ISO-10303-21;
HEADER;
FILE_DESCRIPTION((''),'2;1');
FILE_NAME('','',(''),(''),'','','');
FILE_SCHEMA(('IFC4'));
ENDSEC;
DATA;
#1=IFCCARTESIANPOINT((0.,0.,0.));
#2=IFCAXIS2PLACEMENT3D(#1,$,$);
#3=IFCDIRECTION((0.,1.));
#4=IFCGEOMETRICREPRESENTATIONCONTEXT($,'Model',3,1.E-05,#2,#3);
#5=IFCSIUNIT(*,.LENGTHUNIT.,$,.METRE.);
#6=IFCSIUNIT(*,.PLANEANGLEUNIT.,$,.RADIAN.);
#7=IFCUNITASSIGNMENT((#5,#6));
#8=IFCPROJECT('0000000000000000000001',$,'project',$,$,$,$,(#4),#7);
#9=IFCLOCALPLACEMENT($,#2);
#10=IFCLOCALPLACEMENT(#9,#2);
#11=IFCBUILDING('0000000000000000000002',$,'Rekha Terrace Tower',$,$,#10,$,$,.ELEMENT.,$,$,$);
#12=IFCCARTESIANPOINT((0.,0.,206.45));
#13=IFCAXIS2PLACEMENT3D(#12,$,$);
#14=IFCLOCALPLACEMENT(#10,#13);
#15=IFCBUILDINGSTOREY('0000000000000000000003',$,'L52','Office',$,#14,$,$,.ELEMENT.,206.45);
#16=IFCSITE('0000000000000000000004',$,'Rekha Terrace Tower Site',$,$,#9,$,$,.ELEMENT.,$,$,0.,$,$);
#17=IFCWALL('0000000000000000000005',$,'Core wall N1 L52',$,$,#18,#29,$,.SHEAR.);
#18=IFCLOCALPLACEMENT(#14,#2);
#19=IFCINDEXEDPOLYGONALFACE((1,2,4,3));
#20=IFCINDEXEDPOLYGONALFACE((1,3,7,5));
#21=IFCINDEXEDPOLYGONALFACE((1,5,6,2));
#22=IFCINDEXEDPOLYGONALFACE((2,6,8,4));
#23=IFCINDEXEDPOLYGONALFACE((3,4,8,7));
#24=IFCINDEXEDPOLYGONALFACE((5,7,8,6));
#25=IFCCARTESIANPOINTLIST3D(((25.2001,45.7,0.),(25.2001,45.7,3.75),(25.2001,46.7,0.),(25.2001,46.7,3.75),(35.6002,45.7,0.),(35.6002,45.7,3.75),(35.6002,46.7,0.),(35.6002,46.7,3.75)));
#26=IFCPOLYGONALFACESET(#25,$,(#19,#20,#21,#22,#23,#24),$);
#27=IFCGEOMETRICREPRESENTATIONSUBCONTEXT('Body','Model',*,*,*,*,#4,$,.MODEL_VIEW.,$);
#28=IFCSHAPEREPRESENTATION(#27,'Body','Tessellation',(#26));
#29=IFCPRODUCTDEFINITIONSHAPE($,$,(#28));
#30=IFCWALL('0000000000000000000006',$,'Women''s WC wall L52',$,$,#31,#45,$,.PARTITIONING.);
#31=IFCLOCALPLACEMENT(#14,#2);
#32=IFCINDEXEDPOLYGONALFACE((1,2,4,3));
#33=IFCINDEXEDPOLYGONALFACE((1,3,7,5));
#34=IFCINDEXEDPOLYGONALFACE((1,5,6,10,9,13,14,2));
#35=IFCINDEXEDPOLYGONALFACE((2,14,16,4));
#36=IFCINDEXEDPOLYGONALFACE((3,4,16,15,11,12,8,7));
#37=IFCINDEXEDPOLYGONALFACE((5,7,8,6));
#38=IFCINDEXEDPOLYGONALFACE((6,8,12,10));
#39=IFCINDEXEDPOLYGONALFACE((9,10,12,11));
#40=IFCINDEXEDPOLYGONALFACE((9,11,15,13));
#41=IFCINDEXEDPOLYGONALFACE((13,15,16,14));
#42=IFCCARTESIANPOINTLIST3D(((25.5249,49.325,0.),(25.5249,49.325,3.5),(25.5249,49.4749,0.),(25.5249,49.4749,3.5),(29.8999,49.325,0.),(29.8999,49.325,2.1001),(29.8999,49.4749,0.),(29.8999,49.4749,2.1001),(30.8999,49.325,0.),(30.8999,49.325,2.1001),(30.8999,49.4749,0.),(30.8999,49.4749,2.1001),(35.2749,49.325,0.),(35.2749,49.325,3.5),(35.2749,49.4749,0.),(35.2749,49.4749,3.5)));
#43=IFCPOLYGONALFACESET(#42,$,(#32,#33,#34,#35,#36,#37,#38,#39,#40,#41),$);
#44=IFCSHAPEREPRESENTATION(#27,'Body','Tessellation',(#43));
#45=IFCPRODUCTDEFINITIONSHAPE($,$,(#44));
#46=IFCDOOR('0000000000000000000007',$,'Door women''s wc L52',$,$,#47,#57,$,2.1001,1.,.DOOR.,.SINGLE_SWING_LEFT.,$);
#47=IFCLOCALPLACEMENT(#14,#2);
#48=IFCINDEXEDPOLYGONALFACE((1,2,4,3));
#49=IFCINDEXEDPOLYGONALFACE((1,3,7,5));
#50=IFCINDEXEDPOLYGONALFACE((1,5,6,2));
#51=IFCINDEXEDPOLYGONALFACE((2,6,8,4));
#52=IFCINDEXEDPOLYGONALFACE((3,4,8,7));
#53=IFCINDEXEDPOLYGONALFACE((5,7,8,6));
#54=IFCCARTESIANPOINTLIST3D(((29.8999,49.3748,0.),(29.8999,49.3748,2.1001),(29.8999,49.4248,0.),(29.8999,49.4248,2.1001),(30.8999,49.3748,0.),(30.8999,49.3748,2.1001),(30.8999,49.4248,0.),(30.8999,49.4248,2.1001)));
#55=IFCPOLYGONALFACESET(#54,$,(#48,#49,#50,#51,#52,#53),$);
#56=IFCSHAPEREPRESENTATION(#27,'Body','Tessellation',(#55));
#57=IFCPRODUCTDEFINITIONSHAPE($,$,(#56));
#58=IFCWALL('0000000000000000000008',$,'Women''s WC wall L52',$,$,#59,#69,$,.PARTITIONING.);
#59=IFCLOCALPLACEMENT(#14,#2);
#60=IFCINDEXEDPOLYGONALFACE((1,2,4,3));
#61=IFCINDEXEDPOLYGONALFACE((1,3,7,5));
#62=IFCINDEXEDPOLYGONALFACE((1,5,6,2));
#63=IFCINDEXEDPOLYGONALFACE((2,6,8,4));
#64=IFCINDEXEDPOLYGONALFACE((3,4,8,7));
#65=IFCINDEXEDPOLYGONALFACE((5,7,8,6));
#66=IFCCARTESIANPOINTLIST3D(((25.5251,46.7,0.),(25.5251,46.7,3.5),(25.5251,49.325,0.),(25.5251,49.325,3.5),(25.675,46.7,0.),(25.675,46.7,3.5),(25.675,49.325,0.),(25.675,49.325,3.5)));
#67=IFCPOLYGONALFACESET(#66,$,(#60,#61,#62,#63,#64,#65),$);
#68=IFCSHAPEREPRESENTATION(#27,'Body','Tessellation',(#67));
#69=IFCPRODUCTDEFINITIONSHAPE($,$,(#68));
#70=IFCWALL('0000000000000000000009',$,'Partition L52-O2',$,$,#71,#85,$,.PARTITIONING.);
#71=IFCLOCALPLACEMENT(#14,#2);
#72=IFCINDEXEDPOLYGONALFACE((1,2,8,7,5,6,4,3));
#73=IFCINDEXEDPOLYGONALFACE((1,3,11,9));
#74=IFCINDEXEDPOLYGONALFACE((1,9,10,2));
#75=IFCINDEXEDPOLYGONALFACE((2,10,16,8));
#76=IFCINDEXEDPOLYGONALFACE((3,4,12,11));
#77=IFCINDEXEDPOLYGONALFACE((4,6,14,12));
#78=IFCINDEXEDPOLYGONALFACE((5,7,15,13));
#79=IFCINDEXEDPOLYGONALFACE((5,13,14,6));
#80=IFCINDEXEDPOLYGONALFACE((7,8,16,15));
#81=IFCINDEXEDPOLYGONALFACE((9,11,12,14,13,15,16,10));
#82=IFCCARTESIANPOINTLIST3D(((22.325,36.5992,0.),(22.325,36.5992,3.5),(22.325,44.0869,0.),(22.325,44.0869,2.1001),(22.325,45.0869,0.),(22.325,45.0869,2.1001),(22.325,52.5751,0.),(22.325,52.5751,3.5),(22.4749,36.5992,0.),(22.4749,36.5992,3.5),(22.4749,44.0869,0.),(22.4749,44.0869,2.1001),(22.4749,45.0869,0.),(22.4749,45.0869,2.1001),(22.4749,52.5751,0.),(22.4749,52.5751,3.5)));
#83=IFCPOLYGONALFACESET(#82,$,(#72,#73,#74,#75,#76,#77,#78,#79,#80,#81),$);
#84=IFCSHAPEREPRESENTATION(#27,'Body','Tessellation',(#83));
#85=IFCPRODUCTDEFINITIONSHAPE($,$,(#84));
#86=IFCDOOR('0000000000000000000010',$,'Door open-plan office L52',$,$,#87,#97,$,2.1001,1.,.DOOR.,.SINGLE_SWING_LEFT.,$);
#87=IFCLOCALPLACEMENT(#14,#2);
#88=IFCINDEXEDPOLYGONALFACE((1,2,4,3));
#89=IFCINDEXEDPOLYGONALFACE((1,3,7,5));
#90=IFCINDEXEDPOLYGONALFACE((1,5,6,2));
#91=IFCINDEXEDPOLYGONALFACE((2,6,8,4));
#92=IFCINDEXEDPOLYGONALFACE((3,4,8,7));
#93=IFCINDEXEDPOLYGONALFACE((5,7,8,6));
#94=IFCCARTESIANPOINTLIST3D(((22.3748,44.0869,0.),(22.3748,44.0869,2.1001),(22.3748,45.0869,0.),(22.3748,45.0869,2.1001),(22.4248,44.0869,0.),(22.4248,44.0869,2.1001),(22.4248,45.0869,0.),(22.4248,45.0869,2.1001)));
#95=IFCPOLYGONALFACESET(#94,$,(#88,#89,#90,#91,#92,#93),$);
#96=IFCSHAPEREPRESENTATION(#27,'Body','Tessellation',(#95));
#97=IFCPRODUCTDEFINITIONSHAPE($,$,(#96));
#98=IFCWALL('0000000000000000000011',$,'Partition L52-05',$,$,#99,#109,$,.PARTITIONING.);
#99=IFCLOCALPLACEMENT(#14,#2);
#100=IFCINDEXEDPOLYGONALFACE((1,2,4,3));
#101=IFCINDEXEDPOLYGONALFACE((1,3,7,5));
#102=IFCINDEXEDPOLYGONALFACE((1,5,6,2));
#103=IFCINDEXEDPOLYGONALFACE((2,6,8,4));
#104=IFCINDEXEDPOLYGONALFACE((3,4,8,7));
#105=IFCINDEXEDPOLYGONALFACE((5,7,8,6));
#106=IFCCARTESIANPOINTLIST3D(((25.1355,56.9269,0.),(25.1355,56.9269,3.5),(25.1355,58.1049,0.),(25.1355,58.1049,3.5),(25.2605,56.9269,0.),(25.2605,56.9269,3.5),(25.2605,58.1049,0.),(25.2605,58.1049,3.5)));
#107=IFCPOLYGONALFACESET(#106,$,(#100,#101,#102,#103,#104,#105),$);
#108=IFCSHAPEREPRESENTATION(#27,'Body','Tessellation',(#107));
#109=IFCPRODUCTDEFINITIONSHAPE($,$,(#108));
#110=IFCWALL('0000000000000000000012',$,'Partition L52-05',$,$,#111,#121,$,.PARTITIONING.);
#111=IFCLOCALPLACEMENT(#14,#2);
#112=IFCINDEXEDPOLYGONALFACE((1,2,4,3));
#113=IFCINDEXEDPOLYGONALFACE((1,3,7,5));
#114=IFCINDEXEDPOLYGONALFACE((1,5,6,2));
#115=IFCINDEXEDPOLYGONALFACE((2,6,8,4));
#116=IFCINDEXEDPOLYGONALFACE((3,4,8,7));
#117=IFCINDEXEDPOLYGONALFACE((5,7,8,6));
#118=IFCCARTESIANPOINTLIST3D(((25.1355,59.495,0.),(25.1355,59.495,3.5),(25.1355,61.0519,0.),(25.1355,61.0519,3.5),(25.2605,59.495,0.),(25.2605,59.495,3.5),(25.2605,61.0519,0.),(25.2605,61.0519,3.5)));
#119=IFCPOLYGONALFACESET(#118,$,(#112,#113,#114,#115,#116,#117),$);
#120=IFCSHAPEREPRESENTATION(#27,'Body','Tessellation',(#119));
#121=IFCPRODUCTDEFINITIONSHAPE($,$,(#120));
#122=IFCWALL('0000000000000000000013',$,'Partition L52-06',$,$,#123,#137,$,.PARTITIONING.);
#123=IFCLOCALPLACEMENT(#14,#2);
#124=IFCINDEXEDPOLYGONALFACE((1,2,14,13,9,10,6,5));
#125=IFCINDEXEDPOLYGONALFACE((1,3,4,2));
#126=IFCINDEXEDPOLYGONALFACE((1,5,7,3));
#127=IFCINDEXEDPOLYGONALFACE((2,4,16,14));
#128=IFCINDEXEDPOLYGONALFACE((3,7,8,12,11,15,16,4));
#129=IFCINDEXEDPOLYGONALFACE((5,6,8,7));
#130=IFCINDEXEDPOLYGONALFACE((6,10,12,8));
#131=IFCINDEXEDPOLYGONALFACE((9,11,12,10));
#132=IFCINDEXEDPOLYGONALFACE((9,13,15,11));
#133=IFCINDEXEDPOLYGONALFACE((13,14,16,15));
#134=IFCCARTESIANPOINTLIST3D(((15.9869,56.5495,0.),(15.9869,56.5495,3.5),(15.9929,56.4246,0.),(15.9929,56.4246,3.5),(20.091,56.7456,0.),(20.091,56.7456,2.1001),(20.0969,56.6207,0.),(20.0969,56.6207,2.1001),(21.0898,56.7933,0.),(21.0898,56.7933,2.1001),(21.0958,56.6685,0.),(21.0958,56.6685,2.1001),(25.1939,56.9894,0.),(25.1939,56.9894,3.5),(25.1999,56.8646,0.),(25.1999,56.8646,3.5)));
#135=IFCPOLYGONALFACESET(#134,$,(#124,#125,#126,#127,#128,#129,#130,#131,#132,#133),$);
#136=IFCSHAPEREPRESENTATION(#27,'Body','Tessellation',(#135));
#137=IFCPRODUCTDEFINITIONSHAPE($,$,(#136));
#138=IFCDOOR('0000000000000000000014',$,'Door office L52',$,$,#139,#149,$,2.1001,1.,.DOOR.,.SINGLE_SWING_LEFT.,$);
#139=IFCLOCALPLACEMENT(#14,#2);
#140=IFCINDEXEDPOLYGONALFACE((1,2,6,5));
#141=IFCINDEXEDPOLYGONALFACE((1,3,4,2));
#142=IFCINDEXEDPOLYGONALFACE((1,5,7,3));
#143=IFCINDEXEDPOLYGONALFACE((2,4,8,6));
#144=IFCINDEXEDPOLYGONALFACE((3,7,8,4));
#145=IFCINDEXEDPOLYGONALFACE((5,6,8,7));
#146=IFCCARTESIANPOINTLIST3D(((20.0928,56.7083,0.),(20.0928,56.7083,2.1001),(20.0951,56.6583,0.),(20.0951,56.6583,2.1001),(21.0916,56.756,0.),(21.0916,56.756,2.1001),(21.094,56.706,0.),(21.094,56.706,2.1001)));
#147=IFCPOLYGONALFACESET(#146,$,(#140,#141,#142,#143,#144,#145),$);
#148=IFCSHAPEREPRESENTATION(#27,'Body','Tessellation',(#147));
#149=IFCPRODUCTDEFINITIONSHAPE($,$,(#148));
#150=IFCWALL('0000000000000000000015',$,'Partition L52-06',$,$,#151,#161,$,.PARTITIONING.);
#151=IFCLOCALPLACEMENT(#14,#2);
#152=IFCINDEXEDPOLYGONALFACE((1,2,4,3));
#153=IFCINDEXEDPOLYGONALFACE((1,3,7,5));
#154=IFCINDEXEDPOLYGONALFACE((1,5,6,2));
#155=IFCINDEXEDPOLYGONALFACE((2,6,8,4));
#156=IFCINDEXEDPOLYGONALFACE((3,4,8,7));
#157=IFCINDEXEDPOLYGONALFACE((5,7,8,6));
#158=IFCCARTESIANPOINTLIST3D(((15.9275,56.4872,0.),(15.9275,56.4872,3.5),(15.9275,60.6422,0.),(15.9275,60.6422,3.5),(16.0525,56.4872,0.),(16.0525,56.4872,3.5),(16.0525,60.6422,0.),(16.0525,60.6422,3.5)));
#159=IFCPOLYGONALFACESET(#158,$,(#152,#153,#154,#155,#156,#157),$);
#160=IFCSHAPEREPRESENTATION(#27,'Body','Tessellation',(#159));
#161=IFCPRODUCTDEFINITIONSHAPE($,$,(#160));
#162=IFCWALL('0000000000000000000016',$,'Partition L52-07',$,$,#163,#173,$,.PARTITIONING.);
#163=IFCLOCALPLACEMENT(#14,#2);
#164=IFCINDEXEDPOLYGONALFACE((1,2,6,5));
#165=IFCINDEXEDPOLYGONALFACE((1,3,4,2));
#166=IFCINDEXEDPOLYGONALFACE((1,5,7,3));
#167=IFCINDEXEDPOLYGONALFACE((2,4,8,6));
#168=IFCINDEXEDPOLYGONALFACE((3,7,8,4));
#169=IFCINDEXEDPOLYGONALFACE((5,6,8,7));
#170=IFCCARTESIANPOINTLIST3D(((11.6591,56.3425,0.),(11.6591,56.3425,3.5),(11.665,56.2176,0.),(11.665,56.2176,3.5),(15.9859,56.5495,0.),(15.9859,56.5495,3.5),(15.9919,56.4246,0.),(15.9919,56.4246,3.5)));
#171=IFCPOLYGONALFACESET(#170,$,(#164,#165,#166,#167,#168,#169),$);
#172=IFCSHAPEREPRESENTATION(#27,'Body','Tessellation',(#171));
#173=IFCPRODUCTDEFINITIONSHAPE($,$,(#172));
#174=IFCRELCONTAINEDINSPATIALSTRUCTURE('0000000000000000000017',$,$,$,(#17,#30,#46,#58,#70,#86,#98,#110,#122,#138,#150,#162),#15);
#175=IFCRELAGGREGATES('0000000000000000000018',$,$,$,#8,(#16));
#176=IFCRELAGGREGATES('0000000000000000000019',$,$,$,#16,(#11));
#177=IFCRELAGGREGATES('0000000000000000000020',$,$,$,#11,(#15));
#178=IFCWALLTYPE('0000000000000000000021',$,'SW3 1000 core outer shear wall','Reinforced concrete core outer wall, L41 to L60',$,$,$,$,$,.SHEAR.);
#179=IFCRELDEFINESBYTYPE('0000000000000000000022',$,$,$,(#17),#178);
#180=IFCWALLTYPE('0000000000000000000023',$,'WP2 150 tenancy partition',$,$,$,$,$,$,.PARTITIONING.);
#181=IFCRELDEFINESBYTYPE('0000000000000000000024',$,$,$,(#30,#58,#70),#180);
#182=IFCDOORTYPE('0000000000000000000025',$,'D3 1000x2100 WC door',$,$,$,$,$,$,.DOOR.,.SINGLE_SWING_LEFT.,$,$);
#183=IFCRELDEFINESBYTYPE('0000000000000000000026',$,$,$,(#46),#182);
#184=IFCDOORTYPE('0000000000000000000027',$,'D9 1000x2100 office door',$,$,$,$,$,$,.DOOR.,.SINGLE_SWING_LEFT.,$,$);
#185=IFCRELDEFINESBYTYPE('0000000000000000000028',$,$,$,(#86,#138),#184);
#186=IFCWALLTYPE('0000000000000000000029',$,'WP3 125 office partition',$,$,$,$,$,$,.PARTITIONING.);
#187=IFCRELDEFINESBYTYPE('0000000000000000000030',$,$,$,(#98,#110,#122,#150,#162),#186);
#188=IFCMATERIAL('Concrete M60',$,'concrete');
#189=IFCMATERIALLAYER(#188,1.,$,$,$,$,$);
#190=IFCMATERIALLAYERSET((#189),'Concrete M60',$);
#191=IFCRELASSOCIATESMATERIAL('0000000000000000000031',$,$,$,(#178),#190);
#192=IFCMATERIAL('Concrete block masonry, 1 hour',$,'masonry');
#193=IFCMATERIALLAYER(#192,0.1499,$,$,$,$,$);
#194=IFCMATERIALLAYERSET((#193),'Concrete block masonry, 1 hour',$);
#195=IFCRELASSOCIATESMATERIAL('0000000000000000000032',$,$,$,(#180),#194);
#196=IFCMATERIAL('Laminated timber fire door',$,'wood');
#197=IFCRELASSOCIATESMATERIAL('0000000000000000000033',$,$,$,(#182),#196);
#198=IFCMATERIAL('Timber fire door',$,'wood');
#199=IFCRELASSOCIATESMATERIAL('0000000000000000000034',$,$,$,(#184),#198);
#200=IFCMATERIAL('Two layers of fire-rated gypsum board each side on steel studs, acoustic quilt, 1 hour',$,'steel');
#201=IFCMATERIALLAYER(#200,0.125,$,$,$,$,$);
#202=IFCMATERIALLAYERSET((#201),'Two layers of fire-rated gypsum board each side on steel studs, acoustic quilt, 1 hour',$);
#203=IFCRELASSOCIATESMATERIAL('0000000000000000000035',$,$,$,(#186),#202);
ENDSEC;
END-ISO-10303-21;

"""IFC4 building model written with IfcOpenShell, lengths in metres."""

from ifc_helpers import new_model, si_unit, direction, frame, frame_2d, origin, place, context, subcontext, project, spatial, rectangle, extrude, material, layer, layer_set, type_object, element, fill, save


model = new_model("IFC4")

# Units and contexts
model_context = context("Model", 3, precision=1e-05, world=origin(), true_north=direction((0.0, 1.0)))
body_context = subcontext(model_context, "Body", "Model", "MODEL_VIEW")
ifc_project = project(units=[si_unit("LENGTHUNIT", "METRE"), si_unit("PLANEANGLEUNIT", "RADIAN")], contexts=[model_context])

# Site, building, storey
site_placement = place(None, origin())
site = spatial("IfcSite", under=ifc_project, at=site_placement, Name="Rekha Terrace Tower Site", CompositionType="ELEMENT", RefElevation=0.0)
building_placement = place(site_placement, origin())
building = spatial("IfcBuilding", under=site, at=building_placement, Name="Rekha Terrace Tower", CompositionType="ELEMENT")
storey_placement = place(building_placement, frame((0.0, 0.0, 206.45)))
storey = spatial("IfcBuildingStorey", under=building, at=storey_placement, Name="L52", Description="Office", CompositionType="ELEMENT", Elevation=206.45)

# Shared definitions
ifc_material_1 = material(Name="Concrete M60", Category="concrete")

# Wall
ifc_layer_1 = layer(ifc_material_1, 1.0)
ifc_layer_set_1 = layer_set([ifc_layer_1], Name="Concrete M60")
wall_type_1 = type_object("IfcWallType", Name="SW3 1000 core outer shear wall", Description="Reinforced concrete core outer wall, L41 to L60", PredefinedType="SHEAR", material=ifc_layer_set_1)
wall_1_placement = place(storey_placement, frame((25.2, 46.2, 0.0), z_axis=(0.0, 0.0, 1.0), x_axis=(1.0, 0.0, 0.0)))
element("IfcWall", 1, at=wall_1_placement, inside=storey, type_object=wall_type_1, Name="Core wall N1 L52", PredefinedType="SHEAR", context=body_context, shape_type="SweptSolid", body=[
    extrude(rectangle(XDim=10.4001, YDim=1.0, at=frame_2d((5.2002, 0.0))), origin(), (0.0, 0.0, 1.0), 3.75),
])

# Wall, opening, door
ifc_material_2 = material(Name="Concrete block masonry, 1 hour", Category="masonry")
ifc_layer_2 = layer(ifc_material_2, 0.1499)
ifc_layer_set_2 = layer_set([ifc_layer_2], Name="Concrete block masonry, 1 hour")
wall_type_2 = type_object("IfcWallType", Name="WP2 150 tenancy partition", PredefinedType="PARTITIONING", material=ifc_layer_set_2)
wall_2_placement = place(storey_placement, frame((25.5249, 49.3999, 0.0), z_axis=(0.0, 0.0, 1.0), x_axis=(1.0, 0.0, 0.0)))
wall_2 = element("IfcWall", 2, at=wall_2_placement, inside=storey, type_object=wall_type_2, Name="Women's WC wall L52", PredefinedType="PARTITIONING", context=body_context, shape_type="SweptSolid", body=[
    extrude(rectangle(XDim=9.75, YDim=0.1499, at=frame_2d((4.875, 0.0))), origin(), (0.0, 0.0, 1.0), 3.5),
])
opening_1_placement = place(wall_2_placement, frame((4.375, 0.0, 0.0)))
opening_1 = element("IfcOpeningElement", 3, at=opening_1_placement, cuts=wall_2, PredefinedType="OPENING", context=body_context, shape_type="SweptSolid", body=[
    extrude(rectangle(XDim=1.0, YDim=2.1001, at=frame_2d((0.5, 1.05))), frame((0.0, 0.085, 0.0), z_axis=(0.0, -1.0, 0.0), x_axis=(1.0, 0.0, 0.0)), (0.0, 0.0, 1.0), 0.1699),
])
ifc_material_3 = material(Name="Laminated timber fire door", Category="wood")
door_type_1 = type_object("IfcDoorType", Name="D3 1000x2100 WC door", OperationType="SINGLE_SWING_LEFT", PredefinedType="DOOR", material=ifc_material_3)
door_1_placement = place(opening_1_placement, origin())
door_1 = element("IfcDoor", 4, at=door_1_placement, inside=storey, type_object=door_type_1, Name="Door women's wc L52", OperationType="SINGLE_SWING_LEFT", OverallHeight=2.1001, OverallWidth=1.0, PredefinedType="DOOR", context=body_context, shape_type="SweptSolid", body=[
    extrude(rectangle(XDim=1.0, YDim=2.1001, at=frame_2d((0.5, 1.05))), frame((0.0, 0.0249, 0.0), z_axis=(0.0, -1.0, 0.0), x_axis=(1.0, 0.0, 0.0)), (0.0, 0.0, 1.0), 0.05),
])
fill(opening_1, door_1)

# Wall
wall_3_placement = place(storey_placement, frame((25.6001, 46.7, 0.0), z_axis=(0.0, 0.0, 1.0), x_axis=(0.0, 1.0, 0.0)))
element("IfcWall", 5, at=wall_3_placement, inside=storey, type_object=wall_type_2, Name="Women's WC wall L52", PredefinedType="PARTITIONING", context=body_context, shape_type="SweptSolid", body=[
    extrude(rectangle(XDim=2.625, YDim=0.1499, at=frame_2d((1.3125, 0.0))), origin(), (0.0, 0.0, 1.0), 3.5),
])

# Wall, opening, door
wall_4_placement = place(storey_placement, frame((22.3999, 52.575, 0.0), z_axis=(0.0, 0.0, 1.0), x_axis=(0.0, -1.0, 0.0)))
wall_4 = element("IfcWall", 6, at=wall_4_placement, inside=storey, type_object=wall_type_2, Name="Partition L52-O2", PredefinedType="PARTITIONING", context=body_context, shape_type="SweptSolid", body=[
    extrude(rectangle(XDim=15.9758, YDim=0.1499, at=frame_2d((7.9878, 0.0))), origin(), (0.0, 0.0, 1.0), 3.5),
])
opening_2_placement = place(wall_4_placement, frame((7.488, 0.0, 0.0)))
opening_2 = element("IfcOpeningElement", 7, at=opening_2_placement, cuts=wall_4, PredefinedType="OPENING", context=body_context, shape_type="SweptSolid", body=[
    extrude(rectangle(XDim=1.0, YDim=2.1001, at=frame_2d((0.5, 1.05))), frame((0.0, 0.085, 0.0), z_axis=(0.0, -1.0, 0.0), x_axis=(1.0, 0.0, 0.0)), (0.0, 0.0, 1.0), 0.1699),
])
ifc_material_4 = material(Name="Timber fire door", Category="wood")
door_type_2 = type_object("IfcDoorType", Name="D9 1000x2100 office door", OperationType="SINGLE_SWING_LEFT", PredefinedType="DOOR", material=ifc_material_4)
door_2_placement = place(opening_2_placement, origin())
door_2 = element("IfcDoor", 8, at=door_2_placement, inside=storey, type_object=door_type_2, Name="Door open-plan office L52", OperationType="SINGLE_SWING_LEFT", OverallHeight=2.1001, OverallWidth=1.0, PredefinedType="DOOR", context=body_context, shape_type="SweptSolid", body=[
    extrude(rectangle(XDim=1.0, YDim=2.1001, at=frame_2d((0.5, 1.05))), frame((0.0, 0.0249, 0.0), z_axis=(0.0, -1.0, 0.0), x_axis=(1.0, 0.0, 0.0)), (0.0, 0.0, 1.0), 0.05),
])
fill(opening_2, door_2)

# Walls
ifc_material_5 = material(Name="Two layers of fire-rated gypsum board each side on steel studs, acoustic quilt, 1 hour", Category="steel")
ifc_layer_3 = layer(ifc_material_5, 0.125)
ifc_layer_set_3 = layer_set([ifc_layer_3], Name="Two layers of fire-rated gypsum board each side on steel studs, acoustic quilt, 1 hour")
wall_type_3 = type_object("IfcWallType", Name="WP3 125 office partition", PredefinedType="PARTITIONING", material=ifc_layer_set_3)
wall_5_placement = place(storey_placement, frame((25.198, 56.927, 0.0), z_axis=(0.0, 0.0, 1.0), x_axis=(0.0, 1.0, 0.0)))
element("IfcWall", 9, at=wall_5_placement, inside=storey, type_object=wall_type_3, Name="Partition L52-05", PredefinedType="PARTITIONING", context=body_context, shape_type="SweptSolid", body=[
    extrude(rectangle(XDim=1.178, YDim=0.125, at=frame_2d((0.5889, 0.0))), origin(), (0.0, 0.0, 1.0), 3.5),
])
wall_6_placement = place(storey_placement, frame((25.198, 59.4951, 0.0), z_axis=(0.0, 0.0, 1.0), x_axis=(0.0, 1.0, 0.0)))
element("IfcWall", 10, at=wall_6_placement, inside=storey, type_object=wall_type_3, Name="Partition L52-05", PredefinedType="PARTITIONING", context=body_context, shape_type="SweptSolid", body=[
    extrude(rectangle(XDim=1.5569, YDim=0.125, at=frame_2d((0.7783, 0.0))), origin(), (0.0, 0.0, 1.0), 3.5),
])

# Wall, opening, door
wall_7_placement = place(storey_placement, frame((25.197, 56.927, 0.0), z_axis=(0.0, 0.0, 1.0), x_axis=(-0.99886, -0.047729, 0.0)))
wall_7 = element("IfcWall", 11, at=wall_7_placement, inside=storey, type_object=wall_type_3, Name="Partition L52-06", PredefinedType="PARTITIONING", context=body_context, shape_type="SweptSolid", body=[
    extrude(rectangle(XDim=9.2175, YDim=0.125, at=frame_2d((4.6089, 0.0))), origin(), (0.0, 0.0, 1.0), 3.5),
])
opening_3_placement = place(wall_7_placement, frame((4.1089, 0.0, 0.0)))
opening_3 = element("IfcOpeningElement", 12, at=opening_3_placement, cuts=wall_7, PredefinedType="OPENING", context=body_context, shape_type="SweptSolid", body=[
    extrude(rectangle(XDim=1.0, YDim=2.1001, at=frame_2d((0.5, 1.05))), frame((0.0, 0.0725, 0.0), z_axis=(0.0, -1.0, 0.0), x_axis=(1.0, 0.0, 0.0)), (0.0, 0.0, 1.0), 0.145),
])
door_3_placement = place(opening_3_placement, origin())
door_3 = element("IfcDoor", 13, at=door_3_placement, inside=storey, type_object=door_type_2, Name="Door office L52", OperationType="SINGLE_SWING_LEFT", OverallHeight=2.1001, OverallWidth=1.0, PredefinedType="DOOR", context=body_context, shape_type="SweptSolid", body=[
    extrude(rectangle(XDim=1.0, YDim=2.1001, at=frame_2d((0.5, 1.05))), frame((0.0, 0.0249, 0.0), z_axis=(0.0, -1.0, 0.0), x_axis=(1.0, 0.0, 0.0)), (0.0, 0.0, 1.0), 0.05),
])
fill(opening_3, door_3)

# Walls
wall_8_placement = place(storey_placement, frame((15.99, 56.4871, 0.0), z_axis=(0.0, 0.0, 1.0), x_axis=(0.0, 1.0, 0.0)))
element("IfcWall", 14, at=wall_8_placement, inside=storey, type_object=wall_type_3, Name="Partition L52-06", PredefinedType="PARTITIONING", context=body_context, shape_type="SweptSolid", body=[
    extrude(rectangle(XDim=4.155, YDim=0.125, at=frame_2d((2.0776, 0.0))), origin(), (0.0, 0.0, 1.0), 3.5),
])
wall_9_placement = place(storey_placement, frame((15.989, 56.4871, 0.0), z_axis=(0.0, 0.0, 1.0), x_axis=(-0.998857, -0.047793, 0.0)))
element("IfcWall", 15, at=wall_9_placement, inside=storey, type_object=wall_type_3, Name="Partition L52-07", PredefinedType="PARTITIONING", context=body_context, shape_type="SweptSolid", body=[
    extrude(rectangle(XDim=4.3318, YDim=0.125, at=frame_2d((2.166, 0.0))), origin(), (0.0, 0.0, 1.0), 3.5),
])

save(model, "model.ifc")
